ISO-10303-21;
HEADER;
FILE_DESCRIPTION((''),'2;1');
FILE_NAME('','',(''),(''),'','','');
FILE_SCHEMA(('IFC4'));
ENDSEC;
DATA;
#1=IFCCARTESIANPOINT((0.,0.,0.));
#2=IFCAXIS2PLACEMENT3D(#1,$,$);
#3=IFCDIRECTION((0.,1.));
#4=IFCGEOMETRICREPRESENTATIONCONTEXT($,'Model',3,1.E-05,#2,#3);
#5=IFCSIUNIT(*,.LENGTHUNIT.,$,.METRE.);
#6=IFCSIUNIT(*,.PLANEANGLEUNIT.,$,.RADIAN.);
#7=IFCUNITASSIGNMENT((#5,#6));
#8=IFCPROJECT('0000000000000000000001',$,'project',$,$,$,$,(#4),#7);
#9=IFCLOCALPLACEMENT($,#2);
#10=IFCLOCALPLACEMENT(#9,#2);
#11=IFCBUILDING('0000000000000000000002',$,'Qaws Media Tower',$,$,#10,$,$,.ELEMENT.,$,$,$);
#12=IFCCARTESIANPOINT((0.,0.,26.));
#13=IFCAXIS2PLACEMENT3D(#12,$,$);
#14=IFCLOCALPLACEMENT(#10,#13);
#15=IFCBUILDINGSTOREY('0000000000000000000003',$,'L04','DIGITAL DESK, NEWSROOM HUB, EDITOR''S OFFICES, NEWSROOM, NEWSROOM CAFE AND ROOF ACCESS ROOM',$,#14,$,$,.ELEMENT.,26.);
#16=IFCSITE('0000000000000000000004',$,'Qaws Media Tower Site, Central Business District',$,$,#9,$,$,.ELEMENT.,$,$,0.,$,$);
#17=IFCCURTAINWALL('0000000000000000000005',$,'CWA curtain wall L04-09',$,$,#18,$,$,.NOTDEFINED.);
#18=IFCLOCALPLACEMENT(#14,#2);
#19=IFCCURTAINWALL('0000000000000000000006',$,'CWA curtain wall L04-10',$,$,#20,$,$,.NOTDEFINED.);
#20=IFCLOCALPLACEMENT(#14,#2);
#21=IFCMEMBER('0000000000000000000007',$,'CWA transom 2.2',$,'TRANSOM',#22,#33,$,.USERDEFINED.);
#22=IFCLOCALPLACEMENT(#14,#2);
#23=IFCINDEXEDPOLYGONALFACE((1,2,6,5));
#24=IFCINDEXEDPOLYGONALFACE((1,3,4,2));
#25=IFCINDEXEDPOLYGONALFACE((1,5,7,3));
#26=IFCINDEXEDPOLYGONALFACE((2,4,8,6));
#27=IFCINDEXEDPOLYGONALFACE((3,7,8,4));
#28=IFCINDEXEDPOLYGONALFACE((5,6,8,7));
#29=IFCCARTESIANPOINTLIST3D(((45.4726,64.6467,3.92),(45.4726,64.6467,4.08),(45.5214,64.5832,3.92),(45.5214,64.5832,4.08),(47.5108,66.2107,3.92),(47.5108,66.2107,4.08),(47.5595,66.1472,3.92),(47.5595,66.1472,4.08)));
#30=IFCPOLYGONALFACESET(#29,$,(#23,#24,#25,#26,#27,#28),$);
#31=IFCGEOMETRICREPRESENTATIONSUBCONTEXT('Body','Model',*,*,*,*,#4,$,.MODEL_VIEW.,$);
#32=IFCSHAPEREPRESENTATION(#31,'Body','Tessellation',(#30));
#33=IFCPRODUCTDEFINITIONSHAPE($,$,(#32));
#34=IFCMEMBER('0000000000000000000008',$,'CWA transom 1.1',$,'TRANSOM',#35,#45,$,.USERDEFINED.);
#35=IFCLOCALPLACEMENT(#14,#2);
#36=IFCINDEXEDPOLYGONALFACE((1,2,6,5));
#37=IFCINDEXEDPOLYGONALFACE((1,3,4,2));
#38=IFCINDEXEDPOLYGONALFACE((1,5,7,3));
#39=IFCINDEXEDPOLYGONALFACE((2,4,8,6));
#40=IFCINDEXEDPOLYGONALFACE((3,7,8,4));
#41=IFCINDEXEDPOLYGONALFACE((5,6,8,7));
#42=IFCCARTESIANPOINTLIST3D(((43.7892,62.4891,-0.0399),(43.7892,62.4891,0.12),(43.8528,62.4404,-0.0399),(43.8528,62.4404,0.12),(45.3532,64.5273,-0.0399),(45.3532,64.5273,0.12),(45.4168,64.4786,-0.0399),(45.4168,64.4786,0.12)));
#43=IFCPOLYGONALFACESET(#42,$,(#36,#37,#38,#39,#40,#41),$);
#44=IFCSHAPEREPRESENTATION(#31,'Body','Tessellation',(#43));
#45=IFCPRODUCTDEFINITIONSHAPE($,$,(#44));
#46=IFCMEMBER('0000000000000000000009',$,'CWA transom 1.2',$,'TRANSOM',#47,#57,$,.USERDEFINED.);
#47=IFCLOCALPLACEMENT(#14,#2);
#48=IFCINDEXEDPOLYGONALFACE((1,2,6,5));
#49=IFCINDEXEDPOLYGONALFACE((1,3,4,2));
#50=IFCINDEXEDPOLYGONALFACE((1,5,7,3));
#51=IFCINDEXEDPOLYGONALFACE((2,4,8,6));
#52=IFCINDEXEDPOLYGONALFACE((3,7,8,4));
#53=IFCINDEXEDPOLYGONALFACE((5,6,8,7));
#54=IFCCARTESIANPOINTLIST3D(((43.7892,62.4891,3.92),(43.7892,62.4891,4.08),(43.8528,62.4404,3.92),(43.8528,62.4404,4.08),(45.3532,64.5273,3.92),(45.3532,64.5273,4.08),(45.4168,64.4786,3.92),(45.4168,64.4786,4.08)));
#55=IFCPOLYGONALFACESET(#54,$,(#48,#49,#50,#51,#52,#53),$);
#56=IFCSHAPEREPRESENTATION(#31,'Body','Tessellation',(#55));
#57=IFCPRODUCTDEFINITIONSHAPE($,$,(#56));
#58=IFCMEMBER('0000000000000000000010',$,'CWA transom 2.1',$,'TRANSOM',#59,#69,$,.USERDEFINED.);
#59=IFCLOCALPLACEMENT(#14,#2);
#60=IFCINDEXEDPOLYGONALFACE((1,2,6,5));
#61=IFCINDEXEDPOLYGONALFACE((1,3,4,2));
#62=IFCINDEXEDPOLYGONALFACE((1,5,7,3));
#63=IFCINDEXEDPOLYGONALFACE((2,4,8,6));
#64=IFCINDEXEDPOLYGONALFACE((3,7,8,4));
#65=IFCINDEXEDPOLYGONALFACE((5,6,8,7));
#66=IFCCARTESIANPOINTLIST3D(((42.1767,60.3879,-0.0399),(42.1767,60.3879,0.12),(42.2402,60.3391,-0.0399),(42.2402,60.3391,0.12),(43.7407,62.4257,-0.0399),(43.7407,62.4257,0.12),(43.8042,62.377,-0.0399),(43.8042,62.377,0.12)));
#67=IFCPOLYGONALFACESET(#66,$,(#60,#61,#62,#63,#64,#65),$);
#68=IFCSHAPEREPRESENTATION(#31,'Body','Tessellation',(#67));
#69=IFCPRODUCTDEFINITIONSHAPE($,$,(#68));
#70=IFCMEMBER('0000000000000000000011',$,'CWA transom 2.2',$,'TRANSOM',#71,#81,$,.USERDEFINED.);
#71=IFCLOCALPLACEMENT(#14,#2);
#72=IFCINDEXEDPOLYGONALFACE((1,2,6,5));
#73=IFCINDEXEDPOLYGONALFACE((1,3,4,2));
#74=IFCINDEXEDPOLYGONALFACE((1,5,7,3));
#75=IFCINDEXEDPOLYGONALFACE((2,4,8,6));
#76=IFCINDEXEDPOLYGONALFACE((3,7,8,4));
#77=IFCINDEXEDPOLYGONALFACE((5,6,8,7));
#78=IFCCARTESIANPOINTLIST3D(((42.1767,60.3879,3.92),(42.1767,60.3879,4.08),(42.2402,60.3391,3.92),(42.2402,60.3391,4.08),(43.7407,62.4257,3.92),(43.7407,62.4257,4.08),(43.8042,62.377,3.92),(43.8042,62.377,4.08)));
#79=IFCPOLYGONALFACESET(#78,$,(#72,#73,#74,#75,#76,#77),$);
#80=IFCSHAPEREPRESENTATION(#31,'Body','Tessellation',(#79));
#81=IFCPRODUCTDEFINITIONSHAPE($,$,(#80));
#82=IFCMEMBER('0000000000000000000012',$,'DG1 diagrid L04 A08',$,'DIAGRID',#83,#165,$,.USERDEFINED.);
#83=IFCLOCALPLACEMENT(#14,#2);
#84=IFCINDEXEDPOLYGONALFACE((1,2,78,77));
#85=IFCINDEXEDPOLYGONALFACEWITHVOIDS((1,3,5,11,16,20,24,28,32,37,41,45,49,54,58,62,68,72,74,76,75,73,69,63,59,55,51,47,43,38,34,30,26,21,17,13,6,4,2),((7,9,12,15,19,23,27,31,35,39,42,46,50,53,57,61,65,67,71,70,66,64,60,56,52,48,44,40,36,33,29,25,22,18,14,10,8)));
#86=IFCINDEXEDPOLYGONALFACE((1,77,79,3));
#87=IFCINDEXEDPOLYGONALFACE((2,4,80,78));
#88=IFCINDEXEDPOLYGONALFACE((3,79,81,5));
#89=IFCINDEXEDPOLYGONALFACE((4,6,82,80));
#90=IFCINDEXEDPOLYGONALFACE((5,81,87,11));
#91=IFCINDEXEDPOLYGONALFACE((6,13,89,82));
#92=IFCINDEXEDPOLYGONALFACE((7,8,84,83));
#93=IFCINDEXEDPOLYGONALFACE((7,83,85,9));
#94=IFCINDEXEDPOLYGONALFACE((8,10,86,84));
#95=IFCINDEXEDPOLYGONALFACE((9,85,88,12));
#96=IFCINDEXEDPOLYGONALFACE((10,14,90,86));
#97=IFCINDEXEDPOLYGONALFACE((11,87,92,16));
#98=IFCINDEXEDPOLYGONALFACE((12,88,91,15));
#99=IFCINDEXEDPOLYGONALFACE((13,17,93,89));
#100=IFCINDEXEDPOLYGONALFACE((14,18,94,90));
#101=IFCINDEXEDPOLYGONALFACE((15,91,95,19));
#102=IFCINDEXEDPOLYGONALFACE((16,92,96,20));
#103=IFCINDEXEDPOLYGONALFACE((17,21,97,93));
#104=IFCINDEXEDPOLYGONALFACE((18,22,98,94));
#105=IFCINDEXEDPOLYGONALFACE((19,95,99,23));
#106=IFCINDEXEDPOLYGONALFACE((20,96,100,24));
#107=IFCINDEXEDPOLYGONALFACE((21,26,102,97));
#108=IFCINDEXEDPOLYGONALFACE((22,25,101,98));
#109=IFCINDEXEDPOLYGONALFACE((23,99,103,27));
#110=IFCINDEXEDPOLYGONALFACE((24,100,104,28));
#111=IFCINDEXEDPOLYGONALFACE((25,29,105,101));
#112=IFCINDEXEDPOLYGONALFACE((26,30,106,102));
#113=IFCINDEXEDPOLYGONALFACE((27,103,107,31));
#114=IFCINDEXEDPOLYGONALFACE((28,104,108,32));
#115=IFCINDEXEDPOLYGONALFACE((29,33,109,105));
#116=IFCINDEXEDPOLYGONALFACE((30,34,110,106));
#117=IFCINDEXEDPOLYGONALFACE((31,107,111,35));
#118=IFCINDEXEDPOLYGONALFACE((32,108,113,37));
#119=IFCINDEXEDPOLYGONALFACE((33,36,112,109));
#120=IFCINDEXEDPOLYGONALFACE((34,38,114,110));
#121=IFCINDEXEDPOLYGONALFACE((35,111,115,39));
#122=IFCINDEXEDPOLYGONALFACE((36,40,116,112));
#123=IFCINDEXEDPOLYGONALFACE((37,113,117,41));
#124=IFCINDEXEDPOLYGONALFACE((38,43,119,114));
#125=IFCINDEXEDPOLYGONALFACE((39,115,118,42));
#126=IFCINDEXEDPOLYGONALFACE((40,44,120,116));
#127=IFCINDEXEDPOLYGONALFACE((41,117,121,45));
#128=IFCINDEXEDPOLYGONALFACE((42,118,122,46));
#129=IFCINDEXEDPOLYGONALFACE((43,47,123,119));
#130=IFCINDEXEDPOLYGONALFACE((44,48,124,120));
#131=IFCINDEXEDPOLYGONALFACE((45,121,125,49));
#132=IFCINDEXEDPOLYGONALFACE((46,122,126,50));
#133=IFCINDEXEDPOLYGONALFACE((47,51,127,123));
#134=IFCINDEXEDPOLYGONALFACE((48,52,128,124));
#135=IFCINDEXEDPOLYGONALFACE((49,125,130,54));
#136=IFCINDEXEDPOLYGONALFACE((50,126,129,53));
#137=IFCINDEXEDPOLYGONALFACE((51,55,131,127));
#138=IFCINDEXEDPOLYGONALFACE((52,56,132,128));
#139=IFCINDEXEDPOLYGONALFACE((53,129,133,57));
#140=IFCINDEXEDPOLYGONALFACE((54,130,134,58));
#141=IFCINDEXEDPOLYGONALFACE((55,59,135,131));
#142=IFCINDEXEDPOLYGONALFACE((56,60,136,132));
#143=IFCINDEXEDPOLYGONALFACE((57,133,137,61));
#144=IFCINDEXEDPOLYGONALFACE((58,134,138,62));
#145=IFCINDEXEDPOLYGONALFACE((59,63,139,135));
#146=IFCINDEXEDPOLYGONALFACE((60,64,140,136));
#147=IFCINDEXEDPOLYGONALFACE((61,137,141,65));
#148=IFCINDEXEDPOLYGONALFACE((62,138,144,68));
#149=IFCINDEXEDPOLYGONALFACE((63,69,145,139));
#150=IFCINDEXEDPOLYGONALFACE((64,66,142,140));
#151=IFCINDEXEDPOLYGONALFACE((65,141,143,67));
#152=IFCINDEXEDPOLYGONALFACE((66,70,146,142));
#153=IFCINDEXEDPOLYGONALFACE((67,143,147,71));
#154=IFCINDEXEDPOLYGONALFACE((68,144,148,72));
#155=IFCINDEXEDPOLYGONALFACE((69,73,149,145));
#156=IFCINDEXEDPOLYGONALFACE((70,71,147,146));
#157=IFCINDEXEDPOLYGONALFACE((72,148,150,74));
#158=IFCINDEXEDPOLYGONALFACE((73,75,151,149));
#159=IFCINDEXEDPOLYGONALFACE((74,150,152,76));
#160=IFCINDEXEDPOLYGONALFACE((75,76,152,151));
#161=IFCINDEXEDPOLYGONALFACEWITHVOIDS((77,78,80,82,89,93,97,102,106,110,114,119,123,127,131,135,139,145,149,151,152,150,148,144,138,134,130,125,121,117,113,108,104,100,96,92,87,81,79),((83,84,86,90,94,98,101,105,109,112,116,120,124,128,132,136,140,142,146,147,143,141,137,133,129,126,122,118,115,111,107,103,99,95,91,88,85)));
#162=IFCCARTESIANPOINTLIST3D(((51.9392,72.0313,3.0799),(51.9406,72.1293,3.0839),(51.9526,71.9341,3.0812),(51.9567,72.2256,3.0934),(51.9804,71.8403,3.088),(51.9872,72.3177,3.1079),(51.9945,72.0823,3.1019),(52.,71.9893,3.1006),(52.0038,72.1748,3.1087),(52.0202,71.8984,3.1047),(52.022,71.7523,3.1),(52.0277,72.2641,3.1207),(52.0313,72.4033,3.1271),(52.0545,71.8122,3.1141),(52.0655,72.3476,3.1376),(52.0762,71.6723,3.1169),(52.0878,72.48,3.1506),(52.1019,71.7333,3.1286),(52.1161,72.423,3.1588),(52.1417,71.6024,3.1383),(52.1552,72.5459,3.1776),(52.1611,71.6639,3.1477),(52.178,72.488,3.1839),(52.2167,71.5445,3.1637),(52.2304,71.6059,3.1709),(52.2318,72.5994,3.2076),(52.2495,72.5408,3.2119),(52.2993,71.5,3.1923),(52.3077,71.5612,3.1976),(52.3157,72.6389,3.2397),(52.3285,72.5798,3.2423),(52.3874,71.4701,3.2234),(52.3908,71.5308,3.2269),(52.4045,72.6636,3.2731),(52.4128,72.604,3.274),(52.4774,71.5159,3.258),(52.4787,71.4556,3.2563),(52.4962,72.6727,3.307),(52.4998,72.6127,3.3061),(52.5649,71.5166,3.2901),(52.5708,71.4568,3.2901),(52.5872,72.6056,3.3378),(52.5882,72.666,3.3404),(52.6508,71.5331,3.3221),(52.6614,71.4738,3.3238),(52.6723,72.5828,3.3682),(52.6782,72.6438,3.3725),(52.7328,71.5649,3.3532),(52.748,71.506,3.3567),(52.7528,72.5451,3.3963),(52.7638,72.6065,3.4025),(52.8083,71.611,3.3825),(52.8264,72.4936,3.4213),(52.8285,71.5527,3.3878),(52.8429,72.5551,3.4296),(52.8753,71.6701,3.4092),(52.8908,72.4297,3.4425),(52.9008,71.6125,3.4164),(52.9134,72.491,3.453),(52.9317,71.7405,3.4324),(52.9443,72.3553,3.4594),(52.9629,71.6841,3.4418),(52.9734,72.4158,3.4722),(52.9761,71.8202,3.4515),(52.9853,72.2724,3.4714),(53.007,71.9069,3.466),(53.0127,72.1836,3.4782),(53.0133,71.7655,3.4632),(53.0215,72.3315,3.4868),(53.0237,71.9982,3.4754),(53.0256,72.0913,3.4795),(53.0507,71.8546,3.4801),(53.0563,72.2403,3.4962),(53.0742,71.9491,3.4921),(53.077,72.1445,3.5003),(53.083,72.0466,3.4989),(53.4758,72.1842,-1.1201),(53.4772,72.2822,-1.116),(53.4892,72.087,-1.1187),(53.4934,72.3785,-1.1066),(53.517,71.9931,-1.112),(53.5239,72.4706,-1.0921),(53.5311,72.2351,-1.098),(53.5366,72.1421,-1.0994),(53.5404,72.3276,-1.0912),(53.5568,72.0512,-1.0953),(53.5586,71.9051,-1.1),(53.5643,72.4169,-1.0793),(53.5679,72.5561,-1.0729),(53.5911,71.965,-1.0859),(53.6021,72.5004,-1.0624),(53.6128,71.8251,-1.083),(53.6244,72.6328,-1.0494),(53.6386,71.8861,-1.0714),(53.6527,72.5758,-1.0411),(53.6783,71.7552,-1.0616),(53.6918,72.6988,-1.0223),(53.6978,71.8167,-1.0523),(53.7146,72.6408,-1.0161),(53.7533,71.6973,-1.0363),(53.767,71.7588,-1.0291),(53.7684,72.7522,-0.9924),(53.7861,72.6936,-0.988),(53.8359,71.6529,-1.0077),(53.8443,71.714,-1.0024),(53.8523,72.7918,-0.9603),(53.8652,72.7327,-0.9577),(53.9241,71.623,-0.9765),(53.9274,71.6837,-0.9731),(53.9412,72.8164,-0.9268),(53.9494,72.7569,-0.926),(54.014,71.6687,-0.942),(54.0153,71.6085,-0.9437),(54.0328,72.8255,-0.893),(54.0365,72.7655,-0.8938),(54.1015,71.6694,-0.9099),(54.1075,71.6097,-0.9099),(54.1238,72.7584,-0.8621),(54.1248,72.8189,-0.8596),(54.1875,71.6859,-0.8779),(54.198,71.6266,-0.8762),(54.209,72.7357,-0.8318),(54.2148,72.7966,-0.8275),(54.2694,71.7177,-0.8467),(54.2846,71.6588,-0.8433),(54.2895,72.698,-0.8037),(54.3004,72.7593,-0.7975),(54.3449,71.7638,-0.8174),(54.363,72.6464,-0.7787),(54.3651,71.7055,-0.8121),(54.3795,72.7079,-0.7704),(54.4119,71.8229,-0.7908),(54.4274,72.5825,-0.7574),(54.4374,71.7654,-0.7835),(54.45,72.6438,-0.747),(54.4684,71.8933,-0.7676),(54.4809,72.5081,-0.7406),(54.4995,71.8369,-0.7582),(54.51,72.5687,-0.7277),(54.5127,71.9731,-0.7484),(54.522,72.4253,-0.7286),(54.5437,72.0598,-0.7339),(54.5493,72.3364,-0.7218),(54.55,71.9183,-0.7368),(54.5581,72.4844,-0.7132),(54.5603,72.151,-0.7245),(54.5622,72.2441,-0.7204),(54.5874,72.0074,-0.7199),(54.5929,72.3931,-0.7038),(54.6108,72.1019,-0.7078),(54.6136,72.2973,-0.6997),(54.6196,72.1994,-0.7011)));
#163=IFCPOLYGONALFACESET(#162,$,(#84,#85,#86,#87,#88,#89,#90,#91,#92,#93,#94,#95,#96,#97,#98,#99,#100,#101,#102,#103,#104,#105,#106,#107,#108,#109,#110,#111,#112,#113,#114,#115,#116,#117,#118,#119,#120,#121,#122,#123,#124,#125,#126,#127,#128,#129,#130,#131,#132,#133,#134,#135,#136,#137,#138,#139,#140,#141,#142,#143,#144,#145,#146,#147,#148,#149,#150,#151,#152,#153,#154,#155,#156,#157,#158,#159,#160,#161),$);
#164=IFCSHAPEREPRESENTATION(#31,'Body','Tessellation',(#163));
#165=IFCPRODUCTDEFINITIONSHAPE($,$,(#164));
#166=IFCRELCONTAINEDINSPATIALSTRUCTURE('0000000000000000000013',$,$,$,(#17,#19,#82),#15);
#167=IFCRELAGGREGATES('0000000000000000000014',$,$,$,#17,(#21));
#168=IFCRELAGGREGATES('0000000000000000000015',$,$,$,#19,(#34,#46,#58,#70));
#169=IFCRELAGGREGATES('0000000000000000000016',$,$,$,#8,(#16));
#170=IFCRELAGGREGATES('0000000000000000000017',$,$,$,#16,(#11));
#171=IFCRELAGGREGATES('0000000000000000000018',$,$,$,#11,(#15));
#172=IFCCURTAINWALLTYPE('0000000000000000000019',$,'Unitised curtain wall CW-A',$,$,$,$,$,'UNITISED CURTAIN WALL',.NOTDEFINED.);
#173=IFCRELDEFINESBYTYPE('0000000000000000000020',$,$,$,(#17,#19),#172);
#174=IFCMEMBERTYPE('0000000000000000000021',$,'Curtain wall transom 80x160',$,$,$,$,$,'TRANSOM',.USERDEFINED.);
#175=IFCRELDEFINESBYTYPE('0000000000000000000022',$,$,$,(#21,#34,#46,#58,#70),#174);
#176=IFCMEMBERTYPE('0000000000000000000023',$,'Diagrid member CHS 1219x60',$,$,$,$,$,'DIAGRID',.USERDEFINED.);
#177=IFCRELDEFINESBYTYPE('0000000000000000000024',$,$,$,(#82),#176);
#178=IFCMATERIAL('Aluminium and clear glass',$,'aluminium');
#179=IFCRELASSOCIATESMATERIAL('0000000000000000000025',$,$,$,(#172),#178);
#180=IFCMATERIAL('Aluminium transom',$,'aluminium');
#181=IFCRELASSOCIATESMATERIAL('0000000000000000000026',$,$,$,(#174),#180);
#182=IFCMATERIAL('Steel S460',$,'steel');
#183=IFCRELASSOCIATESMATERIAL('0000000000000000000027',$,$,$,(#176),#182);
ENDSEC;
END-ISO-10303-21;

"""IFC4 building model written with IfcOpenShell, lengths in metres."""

from ifc_helpers import new_model, si_unit, direction, frame, origin, origin_2d, place, context, subcontext, project, spatial, rectangle, hollow_circle, extrude, material, material_profile, profile_set, type_object, element, aggregate, save


model = new_model("IFC4")

# Units and contexts
model_context = context("Model", 3, precision=1e-05, world=origin(), true_north=direction((0.0, 1.0)))
body_context = subcontext(model_context, "Body", "Model", "MODEL_VIEW")
ifc_project = project(units=[si_unit("LENGTHUNIT", "METRE"), si_unit("PLANEANGLEUNIT", "RADIAN")], contexts=[model_context])

# Site, building, storey
site_placement = place(None, origin())
site = spatial("IfcSite", under=ifc_project, at=site_placement, Name="Qaws Media Tower Site, Central Business District", CompositionType="ELEMENT", RefElevation=0.0)
building_placement = place(site_placement, origin())
building = spatial("IfcBuilding", under=site, at=building_placement, Name="Qaws Media Tower", CompositionType="ELEMENT")
storey_placement = place(building_placement, frame((0.0, 0.0, 26.0)))
storey = spatial("IfcBuildingStorey", under=building, at=storey_placement, Name="L04", Description="DIGITAL DESK, NEWSROOM HUB, EDITOR'S OFFICES, NEWSROOM, NEWSROOM CAFE AND ROOF ACCESS ROOM", CompositionType="ELEMENT", Elevation=26.0)

# Curtain walls
ifc_material_1 = material(Name="Aluminium and clear glass", Category="aluminium")
curtain_wall_type = type_object("IfcCurtainWallType", Name="Unitised curtain wall CW-A", ElementType="UNITISED CURTAIN WALL", PredefinedType="NOTDEFINED", material=ifc_material_1)
curtain_wall_1_placement = place(storey_placement, origin())
curtain_wall_1 = element("IfcCurtainWall", 1, at=curtain_wall_1_placement, inside=storey, type_object=curtain_wall_type, Name="CWA curtain wall L04-09", PredefinedType="NOTDEFINED")
curtain_wall_2_placement = place(storey_placement, origin())
curtain_wall_2 = element("IfcCurtainWall", 2, at=curtain_wall_2_placement, inside=storey, type_object=curtain_wall_type, Name="CWA curtain wall L04-10", PredefinedType="NOTDEFINED")

# Members
ifc_material_2 = material(Name="Aluminium transom", Category="aluminium")
ifc_material_profile_1 = material_profile(ifc_material_2, rectangle(XDim=0.0801, YDim=0.1599, at=origin_2d()), Name="80x160")
ifc_profile_set_1 = profile_set([ifc_material_profile_1], Name="Aluminium transom")
member_type_1 = type_object("IfcMemberType", Name="Curtain wall transom 80x160", ElementType="TRANSOM", PredefinedType="USERDEFINED", material=ifc_profile_set_1)
member_1_placement = place(storey_placement, frame((47.5352, 66.179, 4.0), z_axis=(-0.793337, -0.608783, 0.0), x_axis=(0.608783, -0.793337, 0.0)))
member_1 = element("IfcMember", 3, at=member_1_placement, type_object=member_type_1, Name="CWA transom 2.2", ObjectType="TRANSOM", PredefinedType="USERDEFINED", context=body_context, shape_type="SweptSolid", body=[
    extrude(rectangle(XDim=0.0801, YDim=0.1599, at=origin_2d()), origin(), (0.0, 0.0, 1.0), 2.5691),
])
member_2_placement = place(storey_placement, frame((45.385, 64.5029, 0.04), z_axis=(-0.608783, -0.793337, 0.0), x_axis=(0.793337, -0.608783, 0.0)))
member_2 = element("IfcMember", 4, at=member_2_placement, type_object=member_type_1, Name="CWA transom 1.1", ObjectType="TRANSOM", PredefinedType="USERDEFINED", context=body_context, shape_type="SweptSolid", body=[
    extrude(rectangle(XDim=0.0801, YDim=0.1599, at=origin_2d()), origin(), (0.0, 0.0, 1.0), 2.5691),
])
member_3_placement = place(storey_placement, frame((45.385, 64.5029, 4.0), z_axis=(-0.608783, -0.793337, 0.0), x_axis=(0.793337, -0.608783, 0.0)))
member_3 = element("IfcMember", 5, at=member_3_placement, type_object=member_type_1, Name="CWA transom 1.2", ObjectType="TRANSOM", PredefinedType="USERDEFINED", context=body_context, shape_type="SweptSolid", body=[
    extrude(rectangle(XDim=0.0801, YDim=0.1599, at=origin_2d()), origin(), (0.0, 0.0, 1.0), 2.5691),
])
member_4_placement = place(storey_placement, frame((43.7725, 62.4014, 0.04), z_axis=(-0.608829, -0.793302, 0.0), x_axis=(0.793302, -0.608829, 0.0)))
member_4 = element("IfcMember", 6, at=member_4_placement, type_object=member_type_1, Name="CWA transom 2.1", ObjectType="TRANSOM", PredefinedType="USERDEFINED", context=body_context, shape_type="SweptSolid", body=[
    extrude(rectangle(XDim=0.0801, YDim=0.1599, at=origin_2d()), origin(), (0.0, 0.0, 1.0), 2.5688),
])
member_5_placement = place(storey_placement, frame((43.7725, 62.4014, 4.0), z_axis=(-0.608829, -0.793302, 0.0), x_axis=(0.793302, -0.608829, 0.0)))
member_5 = element("IfcMember", 7, at=member_5_placement, type_object=member_type_1, Name="CWA transom 2.2", ObjectType="TRANSOM", PredefinedType="USERDEFINED", context=body_context, shape_type="SweptSolid", body=[
    extrude(rectangle(XDim=0.0801, YDim=0.1599, at=origin_2d()), origin(), (0.0, 0.0, 1.0), 2.5688),
])

# Member
ifc_material_3 = material(Name="Steel S460", Category="steel")
ifc_material_profile_2 = material_profile(ifc_material_3, hollow_circle(Radius=0.6096, WallThickness=0.0601, at=origin_2d()), Name="CHS 1219x60")
ifc_profile_set_2 = profile_set([ifc_material_profile_2], Name="Steel S460")
member_type_2 = type_object("IfcMemberType", Name="Diagrid member CHS 1219x60", ElementType="DIAGRID", PredefinedType="USERDEFINED", material=ifc_profile_set_2)
for number, where, z_axis, x_axis, name in (
    (8, (54.0471, 72.2163, -0.9099), (-0.343392, -0.034154, 0.938571), (0.098971, -0.99509, 0.0), "DG1 diagrid L04 A08"),
):
    element("IfcMember", number, at=place(storey_placement, frame(where, z_axis=z_axis, x_axis=x_axis)), inside=storey, type_object=member_type_2, Name=name, ObjectType="DIAGRID", PredefinedType="USERDEFINED", context=body_context, shape_type="SweptSolid", body=[
        extrude(hollow_circle(Radius=0.6096, WallThickness=0.0601, at=origin_2d()), origin(), (0.0, 0.0, 1.0), 4.4749),
    ])

aggregate(curtain_wall_1, [member_1])
aggregate(curtain_wall_2, [member_2, member_3, member_4, member_5])

save(model, "model.ifc")
